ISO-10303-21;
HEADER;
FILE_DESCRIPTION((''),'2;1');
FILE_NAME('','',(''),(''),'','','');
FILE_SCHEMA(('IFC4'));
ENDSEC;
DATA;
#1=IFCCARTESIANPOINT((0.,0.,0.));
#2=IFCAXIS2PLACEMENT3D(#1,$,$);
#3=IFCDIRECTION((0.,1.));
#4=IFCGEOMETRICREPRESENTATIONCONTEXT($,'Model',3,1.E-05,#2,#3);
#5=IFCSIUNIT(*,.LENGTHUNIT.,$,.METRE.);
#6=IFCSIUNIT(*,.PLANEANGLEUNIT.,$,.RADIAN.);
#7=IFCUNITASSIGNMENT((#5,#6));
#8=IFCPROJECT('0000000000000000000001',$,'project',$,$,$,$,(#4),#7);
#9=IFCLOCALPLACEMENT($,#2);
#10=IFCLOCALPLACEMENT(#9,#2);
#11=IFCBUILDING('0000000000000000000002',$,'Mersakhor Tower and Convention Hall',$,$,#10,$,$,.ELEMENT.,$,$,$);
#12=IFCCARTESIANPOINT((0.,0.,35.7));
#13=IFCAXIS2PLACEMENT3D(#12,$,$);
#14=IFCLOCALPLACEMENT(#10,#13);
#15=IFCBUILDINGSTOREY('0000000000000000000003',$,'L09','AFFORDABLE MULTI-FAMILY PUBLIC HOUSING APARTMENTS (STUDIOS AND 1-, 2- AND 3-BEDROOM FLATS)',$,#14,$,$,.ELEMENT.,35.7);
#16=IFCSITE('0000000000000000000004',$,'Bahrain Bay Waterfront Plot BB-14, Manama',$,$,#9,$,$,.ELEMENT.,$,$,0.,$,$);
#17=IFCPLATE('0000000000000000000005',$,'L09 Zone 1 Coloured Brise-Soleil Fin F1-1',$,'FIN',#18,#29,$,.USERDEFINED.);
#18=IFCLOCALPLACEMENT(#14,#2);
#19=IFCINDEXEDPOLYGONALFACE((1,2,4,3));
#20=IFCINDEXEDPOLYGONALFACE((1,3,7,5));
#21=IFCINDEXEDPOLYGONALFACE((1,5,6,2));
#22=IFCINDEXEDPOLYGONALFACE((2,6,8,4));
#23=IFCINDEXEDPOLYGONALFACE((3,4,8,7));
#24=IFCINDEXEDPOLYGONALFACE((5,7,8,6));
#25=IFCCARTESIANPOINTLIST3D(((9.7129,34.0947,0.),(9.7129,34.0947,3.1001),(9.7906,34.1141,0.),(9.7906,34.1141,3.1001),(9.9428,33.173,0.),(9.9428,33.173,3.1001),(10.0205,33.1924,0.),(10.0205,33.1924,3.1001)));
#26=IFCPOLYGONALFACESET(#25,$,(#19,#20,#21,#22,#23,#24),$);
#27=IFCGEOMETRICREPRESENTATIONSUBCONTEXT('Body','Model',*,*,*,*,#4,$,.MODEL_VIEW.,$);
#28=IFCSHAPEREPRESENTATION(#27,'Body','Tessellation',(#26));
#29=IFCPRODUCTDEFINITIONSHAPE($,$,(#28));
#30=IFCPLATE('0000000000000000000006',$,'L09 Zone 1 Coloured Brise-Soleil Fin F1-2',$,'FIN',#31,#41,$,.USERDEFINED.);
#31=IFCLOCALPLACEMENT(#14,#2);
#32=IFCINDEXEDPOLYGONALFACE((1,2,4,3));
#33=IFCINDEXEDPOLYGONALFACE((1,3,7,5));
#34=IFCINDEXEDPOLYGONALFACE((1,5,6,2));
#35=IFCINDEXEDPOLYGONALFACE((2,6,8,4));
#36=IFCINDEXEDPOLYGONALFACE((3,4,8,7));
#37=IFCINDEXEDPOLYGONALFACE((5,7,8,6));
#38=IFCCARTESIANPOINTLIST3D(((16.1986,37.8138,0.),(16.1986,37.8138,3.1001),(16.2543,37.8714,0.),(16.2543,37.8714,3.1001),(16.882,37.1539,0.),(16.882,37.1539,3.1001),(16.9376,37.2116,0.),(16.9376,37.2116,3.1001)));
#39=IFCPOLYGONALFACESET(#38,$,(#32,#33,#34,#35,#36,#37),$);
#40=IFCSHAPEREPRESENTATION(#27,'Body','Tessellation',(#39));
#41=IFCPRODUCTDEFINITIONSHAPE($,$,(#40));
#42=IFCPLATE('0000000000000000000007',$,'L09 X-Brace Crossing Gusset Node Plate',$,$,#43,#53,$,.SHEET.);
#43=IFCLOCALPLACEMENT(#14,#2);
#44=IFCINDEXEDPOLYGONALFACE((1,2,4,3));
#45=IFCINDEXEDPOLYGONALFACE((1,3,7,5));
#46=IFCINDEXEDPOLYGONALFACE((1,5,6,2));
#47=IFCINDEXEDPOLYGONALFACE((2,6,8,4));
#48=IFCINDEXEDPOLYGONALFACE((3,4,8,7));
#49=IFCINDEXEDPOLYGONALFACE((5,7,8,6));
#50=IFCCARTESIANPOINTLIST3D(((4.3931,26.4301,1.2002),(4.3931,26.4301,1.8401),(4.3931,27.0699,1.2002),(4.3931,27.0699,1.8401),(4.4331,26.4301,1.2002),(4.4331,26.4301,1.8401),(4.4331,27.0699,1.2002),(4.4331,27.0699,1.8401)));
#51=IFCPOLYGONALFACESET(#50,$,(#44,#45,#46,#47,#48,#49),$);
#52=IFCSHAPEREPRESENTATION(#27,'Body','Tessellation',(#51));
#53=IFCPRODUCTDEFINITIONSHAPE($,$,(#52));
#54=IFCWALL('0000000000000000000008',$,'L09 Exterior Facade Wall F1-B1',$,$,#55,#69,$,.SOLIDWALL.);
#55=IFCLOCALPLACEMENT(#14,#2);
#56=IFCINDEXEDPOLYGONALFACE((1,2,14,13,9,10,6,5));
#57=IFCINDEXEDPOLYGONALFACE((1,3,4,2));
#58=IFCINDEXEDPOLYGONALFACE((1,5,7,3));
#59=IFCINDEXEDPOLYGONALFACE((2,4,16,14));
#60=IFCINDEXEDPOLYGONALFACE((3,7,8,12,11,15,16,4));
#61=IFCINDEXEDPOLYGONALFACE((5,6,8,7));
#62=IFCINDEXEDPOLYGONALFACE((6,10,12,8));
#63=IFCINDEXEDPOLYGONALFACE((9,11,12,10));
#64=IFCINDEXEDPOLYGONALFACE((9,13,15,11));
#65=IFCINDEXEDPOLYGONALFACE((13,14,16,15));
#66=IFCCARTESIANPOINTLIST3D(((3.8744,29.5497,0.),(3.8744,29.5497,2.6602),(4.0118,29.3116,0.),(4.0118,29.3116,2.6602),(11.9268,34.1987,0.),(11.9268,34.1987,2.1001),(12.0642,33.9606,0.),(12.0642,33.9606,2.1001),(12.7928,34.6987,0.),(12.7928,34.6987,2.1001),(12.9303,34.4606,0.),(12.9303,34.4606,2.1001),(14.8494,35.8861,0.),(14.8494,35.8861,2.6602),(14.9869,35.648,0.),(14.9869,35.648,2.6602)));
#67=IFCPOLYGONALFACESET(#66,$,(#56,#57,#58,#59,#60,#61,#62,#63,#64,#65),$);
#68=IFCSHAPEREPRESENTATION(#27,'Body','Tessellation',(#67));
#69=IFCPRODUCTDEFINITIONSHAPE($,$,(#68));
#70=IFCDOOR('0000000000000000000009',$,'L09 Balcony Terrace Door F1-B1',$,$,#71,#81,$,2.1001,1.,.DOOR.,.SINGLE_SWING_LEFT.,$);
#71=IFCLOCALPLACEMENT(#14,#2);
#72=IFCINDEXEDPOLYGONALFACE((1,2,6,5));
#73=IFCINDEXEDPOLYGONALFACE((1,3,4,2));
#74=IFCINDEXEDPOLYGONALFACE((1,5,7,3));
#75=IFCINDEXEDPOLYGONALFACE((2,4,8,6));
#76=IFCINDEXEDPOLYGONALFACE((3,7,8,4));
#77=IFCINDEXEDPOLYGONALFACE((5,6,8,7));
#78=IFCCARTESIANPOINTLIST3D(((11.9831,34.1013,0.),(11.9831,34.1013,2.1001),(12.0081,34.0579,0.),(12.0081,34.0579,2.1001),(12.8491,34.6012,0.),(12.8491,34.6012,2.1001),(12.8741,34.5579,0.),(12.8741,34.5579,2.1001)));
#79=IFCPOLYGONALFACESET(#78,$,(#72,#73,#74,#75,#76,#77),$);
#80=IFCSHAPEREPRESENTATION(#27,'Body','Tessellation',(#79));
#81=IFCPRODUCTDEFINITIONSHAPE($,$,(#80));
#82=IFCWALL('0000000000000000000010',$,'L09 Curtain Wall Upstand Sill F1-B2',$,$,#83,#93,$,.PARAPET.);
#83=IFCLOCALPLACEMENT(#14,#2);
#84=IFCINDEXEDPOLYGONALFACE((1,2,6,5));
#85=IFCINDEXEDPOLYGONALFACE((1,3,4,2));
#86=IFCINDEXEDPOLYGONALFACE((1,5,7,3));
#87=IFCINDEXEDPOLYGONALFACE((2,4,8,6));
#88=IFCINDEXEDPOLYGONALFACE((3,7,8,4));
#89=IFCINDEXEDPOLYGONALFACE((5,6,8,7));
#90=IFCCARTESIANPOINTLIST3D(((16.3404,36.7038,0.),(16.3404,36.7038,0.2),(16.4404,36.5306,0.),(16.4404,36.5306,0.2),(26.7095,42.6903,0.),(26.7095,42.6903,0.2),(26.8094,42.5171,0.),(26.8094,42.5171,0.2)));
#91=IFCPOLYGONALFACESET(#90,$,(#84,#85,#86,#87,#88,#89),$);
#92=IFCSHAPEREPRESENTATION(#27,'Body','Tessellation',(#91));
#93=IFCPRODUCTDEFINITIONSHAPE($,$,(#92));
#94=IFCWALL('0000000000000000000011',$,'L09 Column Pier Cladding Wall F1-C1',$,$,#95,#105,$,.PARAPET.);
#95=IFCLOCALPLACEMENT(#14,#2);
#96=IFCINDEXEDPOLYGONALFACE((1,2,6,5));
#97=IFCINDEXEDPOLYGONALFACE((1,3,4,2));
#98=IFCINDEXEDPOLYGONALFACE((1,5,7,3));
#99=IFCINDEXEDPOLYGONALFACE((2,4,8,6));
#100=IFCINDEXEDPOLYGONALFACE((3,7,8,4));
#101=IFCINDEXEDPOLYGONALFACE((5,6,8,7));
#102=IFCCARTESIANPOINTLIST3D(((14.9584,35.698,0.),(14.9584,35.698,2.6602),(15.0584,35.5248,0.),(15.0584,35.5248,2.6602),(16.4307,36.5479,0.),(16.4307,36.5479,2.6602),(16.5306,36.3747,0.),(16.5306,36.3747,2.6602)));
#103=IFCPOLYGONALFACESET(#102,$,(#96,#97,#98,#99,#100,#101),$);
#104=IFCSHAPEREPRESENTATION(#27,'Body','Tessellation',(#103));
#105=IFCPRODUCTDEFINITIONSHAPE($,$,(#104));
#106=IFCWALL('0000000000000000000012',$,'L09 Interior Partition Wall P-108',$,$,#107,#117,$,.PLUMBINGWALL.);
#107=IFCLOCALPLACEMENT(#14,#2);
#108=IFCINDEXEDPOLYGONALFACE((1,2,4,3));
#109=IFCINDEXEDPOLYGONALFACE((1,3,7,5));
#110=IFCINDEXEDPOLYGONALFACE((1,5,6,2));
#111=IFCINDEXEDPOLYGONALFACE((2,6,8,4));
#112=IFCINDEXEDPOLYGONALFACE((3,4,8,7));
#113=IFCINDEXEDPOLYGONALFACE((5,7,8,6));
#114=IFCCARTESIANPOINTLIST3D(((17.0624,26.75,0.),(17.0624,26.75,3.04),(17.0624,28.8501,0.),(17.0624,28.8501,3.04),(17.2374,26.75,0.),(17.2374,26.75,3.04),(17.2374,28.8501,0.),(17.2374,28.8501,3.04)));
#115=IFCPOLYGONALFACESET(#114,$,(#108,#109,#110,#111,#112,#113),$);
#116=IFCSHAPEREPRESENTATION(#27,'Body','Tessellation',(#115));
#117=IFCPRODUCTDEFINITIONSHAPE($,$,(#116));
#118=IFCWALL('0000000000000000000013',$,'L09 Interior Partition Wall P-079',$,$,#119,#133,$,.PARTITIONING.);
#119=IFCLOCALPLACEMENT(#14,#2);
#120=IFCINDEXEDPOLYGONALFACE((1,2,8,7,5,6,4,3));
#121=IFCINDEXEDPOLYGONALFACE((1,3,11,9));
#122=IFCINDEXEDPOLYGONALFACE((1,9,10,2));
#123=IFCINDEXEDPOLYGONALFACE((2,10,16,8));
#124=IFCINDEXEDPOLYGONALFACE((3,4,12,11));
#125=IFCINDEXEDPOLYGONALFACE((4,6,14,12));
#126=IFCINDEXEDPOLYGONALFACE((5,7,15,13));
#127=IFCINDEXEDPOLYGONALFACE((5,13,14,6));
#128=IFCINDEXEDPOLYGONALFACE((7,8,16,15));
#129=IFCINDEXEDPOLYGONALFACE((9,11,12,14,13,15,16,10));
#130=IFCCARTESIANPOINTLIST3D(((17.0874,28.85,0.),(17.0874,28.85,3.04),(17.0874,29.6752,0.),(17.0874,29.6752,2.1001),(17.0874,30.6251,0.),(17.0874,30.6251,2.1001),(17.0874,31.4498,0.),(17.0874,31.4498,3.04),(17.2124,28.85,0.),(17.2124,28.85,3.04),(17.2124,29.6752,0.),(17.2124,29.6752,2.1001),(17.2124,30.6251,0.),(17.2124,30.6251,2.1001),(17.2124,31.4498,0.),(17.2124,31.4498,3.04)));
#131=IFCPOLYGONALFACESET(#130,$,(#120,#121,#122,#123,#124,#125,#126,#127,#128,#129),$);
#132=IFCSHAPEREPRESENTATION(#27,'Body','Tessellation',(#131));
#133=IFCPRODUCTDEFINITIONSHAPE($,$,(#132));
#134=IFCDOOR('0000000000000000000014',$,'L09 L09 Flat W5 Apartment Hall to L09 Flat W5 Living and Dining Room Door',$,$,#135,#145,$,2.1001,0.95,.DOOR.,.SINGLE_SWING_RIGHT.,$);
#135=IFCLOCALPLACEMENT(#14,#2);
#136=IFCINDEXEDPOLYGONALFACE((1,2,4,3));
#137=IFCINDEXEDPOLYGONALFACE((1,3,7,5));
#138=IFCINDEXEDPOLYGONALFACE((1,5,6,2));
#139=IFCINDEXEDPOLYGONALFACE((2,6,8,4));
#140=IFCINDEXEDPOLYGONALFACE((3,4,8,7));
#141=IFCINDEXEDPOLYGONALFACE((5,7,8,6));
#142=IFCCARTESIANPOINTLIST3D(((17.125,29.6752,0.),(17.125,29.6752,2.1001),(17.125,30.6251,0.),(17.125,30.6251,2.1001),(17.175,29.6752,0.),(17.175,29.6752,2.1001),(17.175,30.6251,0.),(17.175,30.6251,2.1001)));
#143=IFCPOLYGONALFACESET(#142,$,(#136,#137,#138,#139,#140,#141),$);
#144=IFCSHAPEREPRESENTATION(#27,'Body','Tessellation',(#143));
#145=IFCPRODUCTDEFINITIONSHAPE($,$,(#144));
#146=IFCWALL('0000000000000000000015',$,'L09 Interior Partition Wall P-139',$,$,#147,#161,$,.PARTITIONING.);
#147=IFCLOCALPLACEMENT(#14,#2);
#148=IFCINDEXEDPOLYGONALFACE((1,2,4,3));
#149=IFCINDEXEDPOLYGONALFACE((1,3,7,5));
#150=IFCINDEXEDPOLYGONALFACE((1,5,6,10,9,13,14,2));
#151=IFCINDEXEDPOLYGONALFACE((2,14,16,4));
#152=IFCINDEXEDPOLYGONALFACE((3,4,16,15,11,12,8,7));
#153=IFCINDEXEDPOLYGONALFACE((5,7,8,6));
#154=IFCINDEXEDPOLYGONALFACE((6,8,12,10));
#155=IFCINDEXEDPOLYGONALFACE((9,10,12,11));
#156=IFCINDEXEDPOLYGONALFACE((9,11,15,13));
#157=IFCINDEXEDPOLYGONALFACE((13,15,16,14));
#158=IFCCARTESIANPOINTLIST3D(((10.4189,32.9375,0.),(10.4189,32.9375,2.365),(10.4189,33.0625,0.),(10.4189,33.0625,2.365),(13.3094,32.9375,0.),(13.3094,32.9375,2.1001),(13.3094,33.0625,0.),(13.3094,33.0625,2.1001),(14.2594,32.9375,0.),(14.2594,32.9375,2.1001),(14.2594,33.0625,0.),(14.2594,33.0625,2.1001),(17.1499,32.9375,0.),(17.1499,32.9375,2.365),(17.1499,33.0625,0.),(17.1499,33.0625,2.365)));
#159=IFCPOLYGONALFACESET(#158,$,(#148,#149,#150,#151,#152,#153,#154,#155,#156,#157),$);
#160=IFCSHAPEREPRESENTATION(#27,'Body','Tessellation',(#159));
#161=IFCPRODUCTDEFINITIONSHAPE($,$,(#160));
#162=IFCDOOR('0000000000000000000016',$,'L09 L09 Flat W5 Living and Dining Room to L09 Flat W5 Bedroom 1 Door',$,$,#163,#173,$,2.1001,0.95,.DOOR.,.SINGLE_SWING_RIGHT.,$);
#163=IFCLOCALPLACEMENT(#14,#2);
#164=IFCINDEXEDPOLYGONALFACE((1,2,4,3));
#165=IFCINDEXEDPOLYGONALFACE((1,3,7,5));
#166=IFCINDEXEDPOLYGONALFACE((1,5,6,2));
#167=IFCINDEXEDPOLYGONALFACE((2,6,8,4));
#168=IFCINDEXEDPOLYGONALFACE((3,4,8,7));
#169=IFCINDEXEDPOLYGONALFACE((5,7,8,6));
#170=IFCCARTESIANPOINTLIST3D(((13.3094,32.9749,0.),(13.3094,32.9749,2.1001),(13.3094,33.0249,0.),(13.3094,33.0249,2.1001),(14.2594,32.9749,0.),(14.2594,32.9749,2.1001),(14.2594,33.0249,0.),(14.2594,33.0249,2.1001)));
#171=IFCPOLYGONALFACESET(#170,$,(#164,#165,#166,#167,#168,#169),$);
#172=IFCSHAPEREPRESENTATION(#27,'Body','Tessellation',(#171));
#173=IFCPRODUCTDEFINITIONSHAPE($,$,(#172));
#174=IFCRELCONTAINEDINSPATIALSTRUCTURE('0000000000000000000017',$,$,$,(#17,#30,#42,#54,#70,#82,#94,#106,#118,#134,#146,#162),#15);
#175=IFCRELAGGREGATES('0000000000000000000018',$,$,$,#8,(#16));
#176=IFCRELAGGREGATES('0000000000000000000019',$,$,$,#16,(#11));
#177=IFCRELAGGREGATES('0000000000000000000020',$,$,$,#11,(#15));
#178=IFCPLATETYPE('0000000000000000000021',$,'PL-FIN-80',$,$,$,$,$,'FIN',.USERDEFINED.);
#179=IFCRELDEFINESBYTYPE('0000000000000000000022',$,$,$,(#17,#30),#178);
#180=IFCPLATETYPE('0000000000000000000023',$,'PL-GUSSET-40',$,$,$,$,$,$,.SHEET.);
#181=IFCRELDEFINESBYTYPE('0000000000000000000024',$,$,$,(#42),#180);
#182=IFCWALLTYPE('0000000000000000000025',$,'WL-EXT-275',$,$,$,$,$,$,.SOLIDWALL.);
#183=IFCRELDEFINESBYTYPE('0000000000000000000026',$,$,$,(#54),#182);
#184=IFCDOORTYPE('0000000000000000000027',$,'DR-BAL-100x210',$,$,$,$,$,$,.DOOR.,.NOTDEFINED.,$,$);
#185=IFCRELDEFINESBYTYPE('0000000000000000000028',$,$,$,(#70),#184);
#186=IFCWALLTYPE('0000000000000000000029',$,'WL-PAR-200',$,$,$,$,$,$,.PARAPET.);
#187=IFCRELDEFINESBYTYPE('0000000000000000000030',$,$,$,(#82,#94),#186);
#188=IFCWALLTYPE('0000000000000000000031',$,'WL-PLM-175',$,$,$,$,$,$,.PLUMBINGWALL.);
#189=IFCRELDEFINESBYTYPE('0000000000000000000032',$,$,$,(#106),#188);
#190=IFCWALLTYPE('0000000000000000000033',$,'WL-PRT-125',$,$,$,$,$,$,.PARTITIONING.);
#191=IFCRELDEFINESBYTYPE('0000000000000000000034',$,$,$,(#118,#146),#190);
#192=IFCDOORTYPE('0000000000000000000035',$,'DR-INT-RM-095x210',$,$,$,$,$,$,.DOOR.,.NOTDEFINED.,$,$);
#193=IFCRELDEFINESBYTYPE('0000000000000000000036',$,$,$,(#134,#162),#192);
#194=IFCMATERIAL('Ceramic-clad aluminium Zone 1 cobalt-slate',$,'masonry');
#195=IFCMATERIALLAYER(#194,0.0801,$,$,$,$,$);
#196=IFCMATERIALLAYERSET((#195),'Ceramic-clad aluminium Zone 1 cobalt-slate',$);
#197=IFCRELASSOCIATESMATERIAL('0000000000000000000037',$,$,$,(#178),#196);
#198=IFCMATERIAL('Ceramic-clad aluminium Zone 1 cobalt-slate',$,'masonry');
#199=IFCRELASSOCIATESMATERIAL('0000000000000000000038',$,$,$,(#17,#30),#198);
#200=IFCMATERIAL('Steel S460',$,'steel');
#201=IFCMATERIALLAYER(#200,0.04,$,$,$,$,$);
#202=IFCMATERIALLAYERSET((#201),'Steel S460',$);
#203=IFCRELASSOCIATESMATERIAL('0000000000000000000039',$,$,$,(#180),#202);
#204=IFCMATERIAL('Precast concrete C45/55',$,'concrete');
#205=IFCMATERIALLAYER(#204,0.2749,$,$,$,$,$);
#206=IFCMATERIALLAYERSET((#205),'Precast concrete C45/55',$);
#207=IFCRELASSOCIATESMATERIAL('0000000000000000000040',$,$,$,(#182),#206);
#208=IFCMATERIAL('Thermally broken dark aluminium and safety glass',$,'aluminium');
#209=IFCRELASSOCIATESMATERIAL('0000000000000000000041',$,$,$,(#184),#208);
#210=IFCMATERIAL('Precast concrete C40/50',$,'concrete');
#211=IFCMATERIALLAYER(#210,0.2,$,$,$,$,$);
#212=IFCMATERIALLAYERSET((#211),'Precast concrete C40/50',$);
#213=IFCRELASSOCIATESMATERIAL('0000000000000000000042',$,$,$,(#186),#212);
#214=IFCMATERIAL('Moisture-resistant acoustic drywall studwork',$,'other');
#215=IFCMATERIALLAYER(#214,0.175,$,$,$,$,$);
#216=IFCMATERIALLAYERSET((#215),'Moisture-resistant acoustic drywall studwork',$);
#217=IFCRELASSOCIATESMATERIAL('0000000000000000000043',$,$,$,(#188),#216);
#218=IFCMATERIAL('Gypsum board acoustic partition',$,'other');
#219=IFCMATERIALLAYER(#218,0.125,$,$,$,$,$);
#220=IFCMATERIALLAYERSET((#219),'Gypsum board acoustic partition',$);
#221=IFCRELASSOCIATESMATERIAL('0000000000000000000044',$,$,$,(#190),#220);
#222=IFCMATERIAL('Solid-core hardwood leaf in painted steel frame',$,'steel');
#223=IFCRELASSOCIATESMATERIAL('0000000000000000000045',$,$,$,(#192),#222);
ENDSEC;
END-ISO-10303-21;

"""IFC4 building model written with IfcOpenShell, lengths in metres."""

from ifc_helpers import new_model, si_unit, direction, frame, frame_2d, origin, origin_2d, place, context, subcontext, project, spatial, rectangle, extrude, material, layer, layer_set, type_object, element, fill, save


model = new_model("IFC4")

# Units and contexts
model_context = context("Model", 3, precision=1e-05, world=origin(), true_north=direction((0.0, 1.0)))
body_context = subcontext(model_context, "Body", "Model", "MODEL_VIEW")
ifc_project = project(units=[si_unit("LENGTHUNIT", "METRE"), si_unit("PLANEANGLEUNIT", "RADIAN")], contexts=[model_context])

# Site, building, storey
site_placement = place(None, origin())
site = spatial("IfcSite", under=ifc_project, at=site_placement, Name="Bahrain Bay Waterfront Plot BB-14, Manama", CompositionType="ELEMENT", RefElevation=0.0)
building_placement = place(site_placement, origin())
building = spatial("IfcBuilding", under=site, at=building_placement, Name="Mersakhor Tower and Convention Hall", CompositionType="ELEMENT")
storey_placement = place(building_placement, frame((0.0, 0.0, 35.7)))
storey = spatial("IfcBuildingStorey", under=building, at=storey_placement, Name="L09", Description="AFFORDABLE MULTI-FAMILY PUBLIC HOUSING APARTMENTS (STUDIOS AND 1-, 2- AND 3-BEDROOM FLATS)", CompositionType="ELEMENT", Elevation=35.7)

# Plates
ifc_material_1 = material(Name="Ceramic-clad aluminium Zone 1 cobalt-slate", Category="masonry")
ifc_material_2 = material(Name="Ceramic-clad aluminium Zone 1 cobalt-slate", Category="masonry")
ifc_layer_1 = layer(ifc_material_2, 0.0801)
ifc_layer_set_1 = layer_set([ifc_layer_1], Name="Ceramic-clad aluminium Zone 1 cobalt-slate")
plate_type_1 = type_object("IfcPlateType", Name="PL-FIN-80", ElementType="FIN", PredefinedType="USERDEFINED", material=ifc_layer_set_1)
for number, where, z_axis, x_axis, name in (
    (1, (9.8667, 33.6436, 0.0), (0.0, 0.0, 1.0), (-0.241922, 0.970296, 0.0), "L09 Zone 1 Coloured Brise-Soleil Fin F1-1"),
    (2, (16.5681, 37.5127, 0.0), (0.0, 0.0, 1.0), (-0.71934, 0.694658, 0.0), "L09 Zone 1 Coloured Brise-Soleil Fin F1-2"),
):
    element("IfcPlate", number, at=place(storey_placement, frame(where, z_axis=z_axis, x_axis=x_axis)), inside=storey, type_object=plate_type_1, material=ifc_material_1, Name=name, ObjectType="FIN", PredefinedType="USERDEFINED", context=body_context, shape_type="SweptSolid", body=[
        extrude(rectangle(XDim=0.95, YDim=0.0801, at=origin_2d()), origin(), (0.0, 0.0, 1.0), 3.1001),
    ])
ifc_material_3 = material(Name="Steel S460", Category="steel")
ifc_layer_2 = layer(ifc_material_3, 0.04)
ifc_layer_set_2 = layer_set([ifc_layer_2], Name="Steel S460")
plate_type_2 = type_object("IfcPlateType", Name="PL-GUSSET-40", PredefinedType="SHEET", material=ifc_layer_set_2)
plate_placement = place(storey_placement, frame((4.4131, 26.75, 1.2002), z_axis=(0.0, 0.0, 1.0), x_axis=(0.0, -1.0, 0.0)))
element("IfcPlate", 3, at=plate_placement, inside=storey, type_object=plate_type_2, Name="L09 X-Brace Crossing Gusset Node Plate", PredefinedType="SHEET", context=body_context, shape_type="SweptSolid", body=[
    extrude(rectangle(XDim=0.6399, YDim=0.04, at=origin_2d()), origin(), (0.0, 0.0, 1.0), 0.6399),
])

# Wall, opening, door
ifc_material_4 = material(Name="Precast concrete C45/55", Category="concrete")
ifc_layer_3 = layer(ifc_material_4, 0.2749)
ifc_layer_set_3 = layer_set([ifc_layer_3], Name="Precast concrete C45/55")
wall_type_1 = type_object("IfcWallType", Name="WL-EXT-275", PredefinedType="SOLIDWALL", material=ifc_layer_set_3)
wall_1_placement = place(storey_placement, frame((3.9431, 29.4307, 0.0), z_axis=(0.0, 0.0, 1.0), x_axis=(0.866027, 0.499997, 0.0)))
wall_1 = element("IfcWall", 4, at=wall_1_placement, inside=storey, type_object=wall_type_1, Name="L09 Exterior Facade Wall F1-B1", PredefinedType="SOLIDWALL", context=body_context, shape_type="SweptSolid", body=[
    extrude(rectangle(XDim=12.6729, YDim=0.2749, at=frame_2d((6.3364, 0.0))), origin(), (0.0, 0.0, 1.0), 2.6602),
])
opening_1_placement = place(wall_1_placement, frame((9.2981, 0.0, 0.0)))
opening_1 = element("IfcOpeningElement", 5, at=opening_1_placement, cuts=wall_1, PredefinedType="OPENING", context=body_context, shape_type="SweptSolid", body=[
    extrude(rectangle(XDim=1.0, YDim=2.1001, at=frame_2d((0.5, 1.05))), frame((0.0, 0.1475, 0.0), z_axis=(0.0, -1.0, 0.0), x_axis=(1.0, 0.0, 0.0)), (0.0, 0.0, 1.0), 0.2949),
])
ifc_material_5 = material(Name="Thermally broken dark aluminium and safety glass", Category="aluminium")
door_type_1 = type_object("IfcDoorType", Name="DR-BAL-100x210", OperationType="NOTDEFINED", PredefinedType="DOOR", material=ifc_material_5)
door_1_placement = place(opening_1_placement, origin())
door_1 = element("IfcDoor", 6, at=door_1_placement, inside=storey, type_object=door_type_1, Name="L09 Balcony Terrace Door F1-B1", OperationType="SINGLE_SWING_LEFT", OverallHeight=2.1001, OverallWidth=1.0, PredefinedType="DOOR", context=body_context, shape_type="SweptSolid", body=[
    extrude(rectangle(XDim=1.0, YDim=2.1001, at=frame_2d((0.5, 1.05))), frame((0.0, 0.0249, 0.0), z_axis=(0.0, -1.0, 0.0), x_axis=(1.0, 0.0, 0.0)), (0.0, 0.0, 1.0), 0.05),
])
fill(opening_1, door_1)

# Walls
ifc_material_6 = material(Name="Precast concrete C40/50", Category="concrete")
ifc_layer_4 = layer(ifc_material_6, 0.2)
ifc_layer_set_4 = layer_set([ifc_layer_4], Name="Precast concrete C40/50")
wall_type_2 = type_object("IfcWallType", Name="WL-PAR-200", PredefinedType="PARAPET", material=ifc_layer_set_4)
wall_2_placement = place(storey_placement, frame((16.3904, 36.6172, 0.0), z_axis=(0.0, 0.0, 1.0), x_axis=(0.866027, 0.499997, 0.0)))
element("IfcWall", 7, at=wall_2_placement, inside=storey, type_object=wall_type_2, Name="L09 Curtain Wall Upstand Sill F1-B2", PredefinedType="PARAPET", context=body_context, shape_type="SweptSolid", body=[
    extrude(rectangle(XDim=11.9731, YDim=0.2, at=frame_2d((5.9866, 0.0))), origin(), (0.0, 0.0, 1.0), 0.2),
])
wall_3_placement = place(storey_placement, frame((15.0083, 35.6113, 0.0), z_axis=(0.0, 0.0, 1.0), x_axis=(0.866052, 0.499955, 0.0)))
element("IfcWall", 8, at=wall_3_placement, inside=storey, type_object=wall_type_2, Name="L09 Column Pier Cladding Wall F1-C1", PredefinedType="PARAPET", context=body_context, shape_type="SweptSolid", body=[
    extrude(rectangle(XDim=1.7, YDim=0.2, at=frame_2d((0.8501, 0.0))), origin(), (0.0, 0.0, 1.0), 2.6602),
])
ifc_material_7 = material(Name="Moisture-resistant acoustic drywall studwork", Category="other")
ifc_layer_5 = layer(ifc_material_7, 0.175)
ifc_layer_set_5 = layer_set([ifc_layer_5], Name="Moisture-resistant acoustic drywall studwork")
wall_type_3 = type_object("IfcWallType", Name="WL-PLM-175", PredefinedType="PLUMBINGWALL", material=ifc_layer_set_5)
wall_4_placement = place(storey_placement, frame((17.1499, 26.75, 0.0), z_axis=(0.0, 0.0, 1.0), x_axis=(0.0, 1.0, 0.0)))
element("IfcWall", 9, at=wall_4_placement, inside=storey, type_object=wall_type_3, Name="L09 Interior Partition Wall P-108", PredefinedType="PLUMBINGWALL", context=body_context, shape_type="SweptSolid", body=[
    extrude(rectangle(XDim=2.1001, YDim=0.175, at=frame_2d((1.05, 0.0))), origin(), (0.0, 0.0, 1.0), 3.04),
])

# Walls, openings, doors
ifc_material_8 = material(Name="Gypsum board acoustic partition", Category="other")
ifc_layer_6 = layer(ifc_material_8, 0.125)
ifc_layer_set_6 = layer_set([ifc_layer_6], Name="Gypsum board acoustic partition")
wall_type_4 = type_object("IfcWallType", Name="WL-PRT-125", PredefinedType="PARTITIONING", material=ifc_layer_set_6)
wall_5_placement = place(storey_placement, frame((17.1499, 28.8501, 0.0), z_axis=(0.0, 0.0, 1.0), x_axis=(0.0, 1.0, 0.0)))
wall_5 = element("IfcWall", 10, at=wall_5_placement, inside=storey, type_object=wall_type_4, Name="L09 Interior Partition Wall P-079", PredefinedType="PARTITIONING", context=body_context, shape_type="SweptSolid", body=[
    extrude(rectangle(XDim=2.5999, YDim=0.125, at=frame_2d((1.2998, 0.0))), origin(), (0.0, 0.0, 1.0), 3.04),
])
opening_2_placement = place(wall_5_placement, frame((0.825, 0.0, 0.0)))
opening_2 = element("IfcOpeningElement", 11, at=opening_2_placement, cuts=wall_5, PredefinedType="OPENING", context=body_context, shape_type="SweptSolid", body=[
    extrude(rectangle(XDim=0.95, YDim=2.1001, at=frame_2d((0.4751, 1.05))), frame((0.0, 0.0725, 0.0), z_axis=(0.0, -1.0, 0.0), x_axis=(1.0, 0.0, 0.0)), (0.0, 0.0, 1.0), 0.145),
])
ifc_material_9 = material(Name="Solid-core hardwood leaf in painted steel frame", Category="steel")
door_type_2 = type_object("IfcDoorType", Name="DR-INT-RM-095x210", OperationType="NOTDEFINED", PredefinedType="DOOR", material=ifc_material_9)
door_2_placement = place(opening_2_placement, origin())
door_2 = element("IfcDoor", 12, at=door_2_placement, inside=storey, type_object=door_type_2, Name="L09 L09 Flat W5 Apartment Hall to L09 Flat W5 Living and Dining Room Door", OperationType="SINGLE_SWING_RIGHT", OverallHeight=2.1001, OverallWidth=0.95, PredefinedType="DOOR", context=body_context, shape_type="SweptSolid", body=[
    extrude(rectangle(XDim=0.95, YDim=2.1001, at=frame_2d((0.4751, 1.05))), frame((0.0, 0.0249, 0.0), z_axis=(0.0, -1.0, 0.0), x_axis=(1.0, 0.0, 0.0)), (0.0, 0.0, 1.0), 0.05),
])
fill(opening_2, door_2)
wall_6_placement = place(storey_placement, frame((10.4189, 33.0, 0.0), z_axis=(0.0, 0.0, 1.0), x_axis=(1.0, 0.0, 0.0)))
wall_6 = element("IfcWall", 13, at=wall_6_placement, inside=storey, type_object=wall_type_4, Name="L09 Interior Partition Wall P-139", PredefinedType="PARTITIONING", context=body_context, shape_type="SweptSolid", body=[
    extrude(rectangle(XDim=6.731, YDim=0.125, at=frame_2d((3.3655, 0.0))), origin(), (0.0, 0.0, 1.0), 2.365),
])
opening_3_placement = place(wall_6_placement, frame((2.8904, 0.0, 0.0)))
opening_3 = element("IfcOpeningElement", 14, at=opening_3_placement, cuts=wall_6, PredefinedType="OPENING", context=body_context, shape_type="SweptSolid", body=[
    extrude(rectangle(XDim=0.95, YDim=2.1001, at=frame_2d((0.4751, 1.05))), frame((0.0, 0.0725, 0.0), z_axis=(0.0, -1.0, 0.0), x_axis=(1.0, 0.0, 0.0)), (0.0, 0.0, 1.0), 0.145),
])
door_3_placement = place(opening_3_placement, origin())
door_3 = element("IfcDoor", 15, at=door_3_placement, inside=storey, type_object=door_type_2, Name="L09 L09 Flat W5 Living and Dining Room to L09 Flat W5 Bedroom 1 Door", OperationType="SINGLE_SWING_RIGHT", OverallHeight=2.1001, OverallWidth=0.95, PredefinedType="DOOR", context=body_context, shape_type="SweptSolid", body=[
    extrude(rectangle(XDim=0.95, YDim=2.1001, at=frame_2d((0.4751, 1.05))), frame((0.0, 0.0249, 0.0), z_axis=(0.0, -1.0, 0.0), x_axis=(1.0, 0.0, 0.0)), (0.0, 0.0, 1.0), 0.05),
])
fill(opening_3, door_3)

save(model, "model.ifc")
